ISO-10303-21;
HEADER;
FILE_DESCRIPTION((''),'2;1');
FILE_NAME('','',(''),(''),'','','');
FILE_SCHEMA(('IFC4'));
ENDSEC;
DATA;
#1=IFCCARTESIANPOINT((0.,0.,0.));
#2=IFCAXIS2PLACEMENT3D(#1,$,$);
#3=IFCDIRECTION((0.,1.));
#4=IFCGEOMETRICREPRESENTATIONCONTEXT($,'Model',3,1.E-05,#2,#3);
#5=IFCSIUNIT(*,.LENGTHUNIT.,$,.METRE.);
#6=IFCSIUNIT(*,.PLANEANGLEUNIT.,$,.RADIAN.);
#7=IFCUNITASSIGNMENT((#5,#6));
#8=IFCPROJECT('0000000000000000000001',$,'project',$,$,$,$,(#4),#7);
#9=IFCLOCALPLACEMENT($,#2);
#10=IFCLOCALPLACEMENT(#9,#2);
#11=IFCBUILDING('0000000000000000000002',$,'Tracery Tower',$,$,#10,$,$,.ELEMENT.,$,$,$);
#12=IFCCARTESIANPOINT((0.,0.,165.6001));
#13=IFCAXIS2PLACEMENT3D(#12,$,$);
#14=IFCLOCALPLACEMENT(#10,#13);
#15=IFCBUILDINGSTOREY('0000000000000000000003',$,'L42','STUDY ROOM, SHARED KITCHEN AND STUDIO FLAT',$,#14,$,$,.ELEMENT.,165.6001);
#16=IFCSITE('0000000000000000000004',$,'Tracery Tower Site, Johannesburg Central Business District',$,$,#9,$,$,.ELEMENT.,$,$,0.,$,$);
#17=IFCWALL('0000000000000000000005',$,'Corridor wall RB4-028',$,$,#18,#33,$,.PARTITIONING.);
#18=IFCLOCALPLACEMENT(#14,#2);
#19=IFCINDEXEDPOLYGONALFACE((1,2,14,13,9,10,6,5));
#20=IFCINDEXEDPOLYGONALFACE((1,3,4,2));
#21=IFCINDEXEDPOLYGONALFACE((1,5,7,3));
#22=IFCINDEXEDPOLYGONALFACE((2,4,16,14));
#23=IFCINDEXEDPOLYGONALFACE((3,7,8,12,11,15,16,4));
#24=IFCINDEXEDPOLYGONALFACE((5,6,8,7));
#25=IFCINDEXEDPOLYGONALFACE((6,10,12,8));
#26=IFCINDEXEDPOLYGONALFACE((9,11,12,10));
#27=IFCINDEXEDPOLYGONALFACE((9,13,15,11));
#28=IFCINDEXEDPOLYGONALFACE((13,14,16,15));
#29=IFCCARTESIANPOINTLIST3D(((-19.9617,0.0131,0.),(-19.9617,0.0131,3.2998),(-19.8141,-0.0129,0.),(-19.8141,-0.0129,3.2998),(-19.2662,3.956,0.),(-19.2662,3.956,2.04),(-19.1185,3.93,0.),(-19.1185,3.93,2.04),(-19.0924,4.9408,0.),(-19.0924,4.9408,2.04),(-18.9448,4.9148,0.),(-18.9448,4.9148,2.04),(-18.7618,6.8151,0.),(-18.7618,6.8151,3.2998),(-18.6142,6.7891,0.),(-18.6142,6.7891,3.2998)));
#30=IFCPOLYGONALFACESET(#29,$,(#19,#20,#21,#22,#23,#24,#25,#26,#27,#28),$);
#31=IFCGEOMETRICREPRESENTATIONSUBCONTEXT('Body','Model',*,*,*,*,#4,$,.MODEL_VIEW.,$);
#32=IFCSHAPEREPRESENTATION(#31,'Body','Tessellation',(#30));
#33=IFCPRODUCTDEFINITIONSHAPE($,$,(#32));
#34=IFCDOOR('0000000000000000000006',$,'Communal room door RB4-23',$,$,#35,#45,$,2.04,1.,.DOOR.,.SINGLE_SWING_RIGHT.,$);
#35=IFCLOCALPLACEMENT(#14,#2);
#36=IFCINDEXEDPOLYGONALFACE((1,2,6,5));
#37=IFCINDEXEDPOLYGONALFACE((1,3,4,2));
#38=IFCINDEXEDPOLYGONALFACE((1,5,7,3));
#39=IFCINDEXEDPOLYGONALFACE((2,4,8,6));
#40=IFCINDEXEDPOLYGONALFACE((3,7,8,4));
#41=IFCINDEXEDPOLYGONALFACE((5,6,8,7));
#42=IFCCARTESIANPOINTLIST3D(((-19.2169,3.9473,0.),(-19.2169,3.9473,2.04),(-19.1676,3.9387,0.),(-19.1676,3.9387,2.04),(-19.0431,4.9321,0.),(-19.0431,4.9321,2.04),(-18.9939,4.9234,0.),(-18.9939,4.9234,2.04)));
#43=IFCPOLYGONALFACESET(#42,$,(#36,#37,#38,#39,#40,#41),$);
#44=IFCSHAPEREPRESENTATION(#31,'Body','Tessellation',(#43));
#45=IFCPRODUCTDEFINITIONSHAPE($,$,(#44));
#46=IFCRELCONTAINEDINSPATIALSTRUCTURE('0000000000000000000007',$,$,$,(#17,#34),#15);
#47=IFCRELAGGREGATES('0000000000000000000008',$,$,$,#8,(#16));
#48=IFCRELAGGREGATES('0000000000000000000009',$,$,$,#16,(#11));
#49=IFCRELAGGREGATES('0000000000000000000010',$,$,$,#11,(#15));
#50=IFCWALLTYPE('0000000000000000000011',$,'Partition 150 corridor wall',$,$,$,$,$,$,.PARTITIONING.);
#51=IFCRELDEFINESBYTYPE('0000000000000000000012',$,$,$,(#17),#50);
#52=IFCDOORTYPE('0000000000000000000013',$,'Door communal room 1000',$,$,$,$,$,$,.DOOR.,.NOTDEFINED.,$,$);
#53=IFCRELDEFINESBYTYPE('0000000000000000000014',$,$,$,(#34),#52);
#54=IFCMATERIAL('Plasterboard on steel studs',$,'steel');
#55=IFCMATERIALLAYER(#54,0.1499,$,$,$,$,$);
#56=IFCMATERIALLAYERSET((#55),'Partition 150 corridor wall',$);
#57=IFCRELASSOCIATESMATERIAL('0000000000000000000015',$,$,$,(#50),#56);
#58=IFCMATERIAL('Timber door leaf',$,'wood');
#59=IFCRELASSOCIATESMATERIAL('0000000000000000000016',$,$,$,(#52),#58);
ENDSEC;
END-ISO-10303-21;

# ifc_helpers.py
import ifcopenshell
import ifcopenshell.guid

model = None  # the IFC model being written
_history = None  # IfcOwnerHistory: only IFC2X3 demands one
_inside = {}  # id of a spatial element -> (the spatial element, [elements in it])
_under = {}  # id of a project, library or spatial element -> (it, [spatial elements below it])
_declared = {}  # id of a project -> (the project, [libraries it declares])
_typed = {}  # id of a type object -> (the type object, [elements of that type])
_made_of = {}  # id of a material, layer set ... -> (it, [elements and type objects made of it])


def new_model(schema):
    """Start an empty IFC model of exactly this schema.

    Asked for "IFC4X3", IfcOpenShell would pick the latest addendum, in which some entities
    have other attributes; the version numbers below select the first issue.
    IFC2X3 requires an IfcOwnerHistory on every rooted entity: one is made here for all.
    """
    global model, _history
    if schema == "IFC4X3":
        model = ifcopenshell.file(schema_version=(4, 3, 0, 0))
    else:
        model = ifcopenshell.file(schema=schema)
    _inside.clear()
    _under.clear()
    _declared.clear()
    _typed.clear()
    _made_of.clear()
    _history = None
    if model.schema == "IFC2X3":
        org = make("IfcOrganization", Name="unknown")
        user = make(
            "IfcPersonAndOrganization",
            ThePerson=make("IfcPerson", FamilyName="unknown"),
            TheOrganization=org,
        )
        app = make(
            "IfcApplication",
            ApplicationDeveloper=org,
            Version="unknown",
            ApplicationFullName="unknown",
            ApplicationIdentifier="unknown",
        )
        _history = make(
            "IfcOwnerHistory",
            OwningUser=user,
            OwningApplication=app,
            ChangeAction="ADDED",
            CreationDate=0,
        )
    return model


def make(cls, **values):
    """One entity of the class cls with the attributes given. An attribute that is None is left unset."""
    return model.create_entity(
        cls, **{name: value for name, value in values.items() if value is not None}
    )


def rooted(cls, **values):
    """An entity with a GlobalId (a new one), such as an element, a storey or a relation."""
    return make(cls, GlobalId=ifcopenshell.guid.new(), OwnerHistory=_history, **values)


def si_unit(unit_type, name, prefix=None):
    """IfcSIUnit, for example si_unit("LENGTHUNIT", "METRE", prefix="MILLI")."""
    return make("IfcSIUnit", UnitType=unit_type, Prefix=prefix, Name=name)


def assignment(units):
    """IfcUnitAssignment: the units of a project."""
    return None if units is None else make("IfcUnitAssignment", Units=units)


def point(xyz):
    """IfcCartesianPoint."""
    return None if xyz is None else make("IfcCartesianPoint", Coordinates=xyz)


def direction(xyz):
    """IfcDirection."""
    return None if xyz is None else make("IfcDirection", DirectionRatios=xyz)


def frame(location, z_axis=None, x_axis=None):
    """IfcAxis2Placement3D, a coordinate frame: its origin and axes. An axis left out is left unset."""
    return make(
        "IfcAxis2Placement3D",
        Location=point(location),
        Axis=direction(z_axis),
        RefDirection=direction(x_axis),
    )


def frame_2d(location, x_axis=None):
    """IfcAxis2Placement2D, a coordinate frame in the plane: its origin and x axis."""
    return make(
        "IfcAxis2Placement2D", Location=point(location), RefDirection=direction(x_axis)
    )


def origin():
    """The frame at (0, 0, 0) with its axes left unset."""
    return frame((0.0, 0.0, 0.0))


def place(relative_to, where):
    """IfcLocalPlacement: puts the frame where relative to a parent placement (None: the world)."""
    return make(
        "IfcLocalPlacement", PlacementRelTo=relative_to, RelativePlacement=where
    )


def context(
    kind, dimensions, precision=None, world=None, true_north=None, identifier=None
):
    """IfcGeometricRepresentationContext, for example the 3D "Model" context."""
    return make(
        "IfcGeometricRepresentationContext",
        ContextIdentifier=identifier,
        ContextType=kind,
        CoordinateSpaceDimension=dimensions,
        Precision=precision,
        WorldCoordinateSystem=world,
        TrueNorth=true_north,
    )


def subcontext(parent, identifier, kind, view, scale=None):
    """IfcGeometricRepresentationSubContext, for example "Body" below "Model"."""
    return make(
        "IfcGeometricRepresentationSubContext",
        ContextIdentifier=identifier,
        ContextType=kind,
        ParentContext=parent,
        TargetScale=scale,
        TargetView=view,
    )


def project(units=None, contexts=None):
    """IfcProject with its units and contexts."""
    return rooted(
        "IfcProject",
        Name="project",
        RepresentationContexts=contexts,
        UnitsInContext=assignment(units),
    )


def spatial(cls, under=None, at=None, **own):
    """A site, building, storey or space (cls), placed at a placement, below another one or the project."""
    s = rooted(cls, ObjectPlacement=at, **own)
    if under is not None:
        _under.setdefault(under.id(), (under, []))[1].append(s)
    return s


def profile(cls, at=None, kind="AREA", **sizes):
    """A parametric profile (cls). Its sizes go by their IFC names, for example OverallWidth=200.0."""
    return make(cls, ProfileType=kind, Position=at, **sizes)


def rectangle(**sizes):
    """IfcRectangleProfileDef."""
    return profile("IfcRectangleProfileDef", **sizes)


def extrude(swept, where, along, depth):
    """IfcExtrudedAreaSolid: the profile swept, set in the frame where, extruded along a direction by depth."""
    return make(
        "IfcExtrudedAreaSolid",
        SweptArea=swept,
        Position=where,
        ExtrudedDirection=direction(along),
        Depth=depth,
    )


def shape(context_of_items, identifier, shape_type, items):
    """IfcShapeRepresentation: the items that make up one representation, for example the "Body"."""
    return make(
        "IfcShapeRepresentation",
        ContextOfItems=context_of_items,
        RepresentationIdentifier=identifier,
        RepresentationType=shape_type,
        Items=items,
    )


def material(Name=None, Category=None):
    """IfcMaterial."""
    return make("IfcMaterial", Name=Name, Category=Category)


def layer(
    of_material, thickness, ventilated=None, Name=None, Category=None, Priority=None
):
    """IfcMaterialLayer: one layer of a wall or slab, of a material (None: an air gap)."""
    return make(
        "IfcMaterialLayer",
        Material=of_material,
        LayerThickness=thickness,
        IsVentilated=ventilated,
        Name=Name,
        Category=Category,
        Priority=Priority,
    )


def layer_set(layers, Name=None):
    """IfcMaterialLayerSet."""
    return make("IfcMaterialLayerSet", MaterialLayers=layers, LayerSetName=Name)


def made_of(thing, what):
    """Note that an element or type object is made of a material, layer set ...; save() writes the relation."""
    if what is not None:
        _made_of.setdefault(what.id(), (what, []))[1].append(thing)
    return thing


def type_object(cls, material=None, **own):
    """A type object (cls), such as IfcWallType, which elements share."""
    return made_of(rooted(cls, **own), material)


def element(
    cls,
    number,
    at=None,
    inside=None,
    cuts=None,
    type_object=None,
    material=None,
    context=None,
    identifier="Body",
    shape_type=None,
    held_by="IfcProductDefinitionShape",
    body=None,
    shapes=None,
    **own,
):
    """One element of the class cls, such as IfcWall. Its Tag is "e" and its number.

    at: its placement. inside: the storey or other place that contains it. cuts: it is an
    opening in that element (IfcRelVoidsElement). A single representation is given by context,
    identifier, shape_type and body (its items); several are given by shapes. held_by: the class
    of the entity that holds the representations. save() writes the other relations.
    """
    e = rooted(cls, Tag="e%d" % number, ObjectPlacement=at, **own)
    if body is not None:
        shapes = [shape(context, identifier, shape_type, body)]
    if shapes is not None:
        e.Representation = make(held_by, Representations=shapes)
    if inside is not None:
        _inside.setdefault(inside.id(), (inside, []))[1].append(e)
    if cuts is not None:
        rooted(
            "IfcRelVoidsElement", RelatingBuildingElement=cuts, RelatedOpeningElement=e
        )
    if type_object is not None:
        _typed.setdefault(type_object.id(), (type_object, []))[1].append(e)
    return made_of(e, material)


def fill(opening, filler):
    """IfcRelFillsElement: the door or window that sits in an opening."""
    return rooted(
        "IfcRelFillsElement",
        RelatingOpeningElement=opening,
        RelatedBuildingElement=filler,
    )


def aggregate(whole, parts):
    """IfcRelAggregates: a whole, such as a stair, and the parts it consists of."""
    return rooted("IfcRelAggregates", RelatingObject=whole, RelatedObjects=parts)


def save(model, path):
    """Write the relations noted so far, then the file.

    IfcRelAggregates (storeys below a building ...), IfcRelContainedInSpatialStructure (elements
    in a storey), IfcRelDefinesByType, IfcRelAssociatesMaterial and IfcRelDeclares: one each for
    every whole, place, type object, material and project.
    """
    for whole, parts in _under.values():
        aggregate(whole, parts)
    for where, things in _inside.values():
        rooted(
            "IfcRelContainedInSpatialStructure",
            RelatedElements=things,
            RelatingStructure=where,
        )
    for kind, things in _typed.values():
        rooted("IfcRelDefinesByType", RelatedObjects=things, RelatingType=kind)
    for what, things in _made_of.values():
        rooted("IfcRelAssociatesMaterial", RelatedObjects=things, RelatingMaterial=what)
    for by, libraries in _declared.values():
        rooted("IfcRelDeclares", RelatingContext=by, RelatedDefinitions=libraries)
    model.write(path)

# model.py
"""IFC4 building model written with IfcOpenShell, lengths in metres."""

from ifc_helpers import new_model, si_unit, direction, frame, frame_2d, origin, place, context, subcontext, project, spatial, rectangle, extrude, material, layer, layer_set, type_object, element, fill, save


model = new_model("IFC4")

# Units and contexts
model_context = context("Model", 3, precision=1e-05, world=origin(), true_north=direction((0.0, 1.0)))
body_context = subcontext(model_context, "Body", "Model", "MODEL_VIEW")
ifc_project = project(units=[si_unit("LENGTHUNIT", "METRE"), si_unit("PLANEANGLEUNIT", "RADIAN")], contexts=[model_context])

# Site, building, storey
site_placement = place(None, origin())
site = spatial("IfcSite", under=ifc_project, at=site_placement, Name="Tracery Tower Site, Johannesburg Central Business District", CompositionType="ELEMENT", RefElevation=0.0)
building_placement = place(site_placement, origin())
building = spatial("IfcBuilding", under=site, at=building_placement, Name="Tracery Tower", CompositionType="ELEMENT")
storey_placement = place(building_placement, frame((0.0, 0.0, 165.6001)))
storey = spatial("IfcBuildingStorey", under=building, at=storey_placement, Name="L42", Description="STUDY ROOM, SHARED KITCHEN AND STUDIO FLAT", CompositionType="ELEMENT", Elevation=165.6001)

# Shared definitions
ifc_material_1 = material(Name="Plasterboard on steel studs", Category="steel")
ifc_layer_1 = layer(ifc_material_1, 0.1499)
ifc_layer_set_1 = layer_set([ifc_layer_1], Name="Partition 150 corridor wall")
wall_type_1 = type_object("IfcWallType", Name="Partition 150 corridor wall", PredefinedType="PARTITIONING", material=ifc_layer_set_1)

# Wall, opening, door
wall_1_placement = place(storey_placement, frame((-19.8879, 0.0, 0.0), z_axis=(0.0, 0.0, 1.0), x_axis=(0.173729, 0.984794, 0.0)))
wall_1 = element("IfcWall", 1, at=wall_1_placement, inside=storey, type_object=wall_type_1, Name="Corridor wall RB4-028", PredefinedType="PARTITIONING", context=body_context, shape_type="SweptSolid", body=[
    extrude(rectangle(XDim=6.907, YDim=0.1499, at=frame_2d((3.4536, 0.0))), origin(), (0.0, 0.0, 1.0), 3.2998),
])
opening_1_placement = place(wall_1_placement, frame((4.0039, 0.0, 0.0)))
opening_1 = element("IfcOpeningElement", 2, at=opening_1_placement, cuts=wall_1, PredefinedType="OPENING", context=body_context, shape_type="SweptSolid", body=[
    extrude(rectangle(XDim=1.0, YDim=2.04, at=frame_2d((0.5, 1.02))), frame((0.0, 0.075, 0.0), z_axis=(0.0, -1.0, 0.0), x_axis=(1.0, 0.0, 0.0)), (0.0, 0.0, 1.0), 0.1499),
])
ifc_material_2 = material(Name="Timber door leaf", Category="wood")
door_type_1 = type_object("IfcDoorType", Name="Door communal room 1000", OperationType="NOTDEFINED", PredefinedType="DOOR", material=ifc_material_2)
door_1_placement = place(opening_1_placement, origin())
door_1 = element("IfcDoor", 3, at=door_1_placement, inside=storey, type_object=door_type_1, Name="Communal room door RB4-23", OperationType="SINGLE_SWING_RIGHT", OverallHeight=2.04, OverallWidth=1.0, PredefinedType="DOOR", context=body_context, shape_type="SweptSolid", body=[
    extrude(rectangle(XDim=1.0, YDim=2.04, at=frame_2d((0.5, 1.02))), frame((0.0, 0.0249, 0.0), z_axis=(0.0, -1.0, 0.0), x_axis=(1.0, 0.0, 0.0)), (0.0, 0.0, 1.0), 0.05),
])
fill(opening_1, door_1)

save(model, "model.ifc")
